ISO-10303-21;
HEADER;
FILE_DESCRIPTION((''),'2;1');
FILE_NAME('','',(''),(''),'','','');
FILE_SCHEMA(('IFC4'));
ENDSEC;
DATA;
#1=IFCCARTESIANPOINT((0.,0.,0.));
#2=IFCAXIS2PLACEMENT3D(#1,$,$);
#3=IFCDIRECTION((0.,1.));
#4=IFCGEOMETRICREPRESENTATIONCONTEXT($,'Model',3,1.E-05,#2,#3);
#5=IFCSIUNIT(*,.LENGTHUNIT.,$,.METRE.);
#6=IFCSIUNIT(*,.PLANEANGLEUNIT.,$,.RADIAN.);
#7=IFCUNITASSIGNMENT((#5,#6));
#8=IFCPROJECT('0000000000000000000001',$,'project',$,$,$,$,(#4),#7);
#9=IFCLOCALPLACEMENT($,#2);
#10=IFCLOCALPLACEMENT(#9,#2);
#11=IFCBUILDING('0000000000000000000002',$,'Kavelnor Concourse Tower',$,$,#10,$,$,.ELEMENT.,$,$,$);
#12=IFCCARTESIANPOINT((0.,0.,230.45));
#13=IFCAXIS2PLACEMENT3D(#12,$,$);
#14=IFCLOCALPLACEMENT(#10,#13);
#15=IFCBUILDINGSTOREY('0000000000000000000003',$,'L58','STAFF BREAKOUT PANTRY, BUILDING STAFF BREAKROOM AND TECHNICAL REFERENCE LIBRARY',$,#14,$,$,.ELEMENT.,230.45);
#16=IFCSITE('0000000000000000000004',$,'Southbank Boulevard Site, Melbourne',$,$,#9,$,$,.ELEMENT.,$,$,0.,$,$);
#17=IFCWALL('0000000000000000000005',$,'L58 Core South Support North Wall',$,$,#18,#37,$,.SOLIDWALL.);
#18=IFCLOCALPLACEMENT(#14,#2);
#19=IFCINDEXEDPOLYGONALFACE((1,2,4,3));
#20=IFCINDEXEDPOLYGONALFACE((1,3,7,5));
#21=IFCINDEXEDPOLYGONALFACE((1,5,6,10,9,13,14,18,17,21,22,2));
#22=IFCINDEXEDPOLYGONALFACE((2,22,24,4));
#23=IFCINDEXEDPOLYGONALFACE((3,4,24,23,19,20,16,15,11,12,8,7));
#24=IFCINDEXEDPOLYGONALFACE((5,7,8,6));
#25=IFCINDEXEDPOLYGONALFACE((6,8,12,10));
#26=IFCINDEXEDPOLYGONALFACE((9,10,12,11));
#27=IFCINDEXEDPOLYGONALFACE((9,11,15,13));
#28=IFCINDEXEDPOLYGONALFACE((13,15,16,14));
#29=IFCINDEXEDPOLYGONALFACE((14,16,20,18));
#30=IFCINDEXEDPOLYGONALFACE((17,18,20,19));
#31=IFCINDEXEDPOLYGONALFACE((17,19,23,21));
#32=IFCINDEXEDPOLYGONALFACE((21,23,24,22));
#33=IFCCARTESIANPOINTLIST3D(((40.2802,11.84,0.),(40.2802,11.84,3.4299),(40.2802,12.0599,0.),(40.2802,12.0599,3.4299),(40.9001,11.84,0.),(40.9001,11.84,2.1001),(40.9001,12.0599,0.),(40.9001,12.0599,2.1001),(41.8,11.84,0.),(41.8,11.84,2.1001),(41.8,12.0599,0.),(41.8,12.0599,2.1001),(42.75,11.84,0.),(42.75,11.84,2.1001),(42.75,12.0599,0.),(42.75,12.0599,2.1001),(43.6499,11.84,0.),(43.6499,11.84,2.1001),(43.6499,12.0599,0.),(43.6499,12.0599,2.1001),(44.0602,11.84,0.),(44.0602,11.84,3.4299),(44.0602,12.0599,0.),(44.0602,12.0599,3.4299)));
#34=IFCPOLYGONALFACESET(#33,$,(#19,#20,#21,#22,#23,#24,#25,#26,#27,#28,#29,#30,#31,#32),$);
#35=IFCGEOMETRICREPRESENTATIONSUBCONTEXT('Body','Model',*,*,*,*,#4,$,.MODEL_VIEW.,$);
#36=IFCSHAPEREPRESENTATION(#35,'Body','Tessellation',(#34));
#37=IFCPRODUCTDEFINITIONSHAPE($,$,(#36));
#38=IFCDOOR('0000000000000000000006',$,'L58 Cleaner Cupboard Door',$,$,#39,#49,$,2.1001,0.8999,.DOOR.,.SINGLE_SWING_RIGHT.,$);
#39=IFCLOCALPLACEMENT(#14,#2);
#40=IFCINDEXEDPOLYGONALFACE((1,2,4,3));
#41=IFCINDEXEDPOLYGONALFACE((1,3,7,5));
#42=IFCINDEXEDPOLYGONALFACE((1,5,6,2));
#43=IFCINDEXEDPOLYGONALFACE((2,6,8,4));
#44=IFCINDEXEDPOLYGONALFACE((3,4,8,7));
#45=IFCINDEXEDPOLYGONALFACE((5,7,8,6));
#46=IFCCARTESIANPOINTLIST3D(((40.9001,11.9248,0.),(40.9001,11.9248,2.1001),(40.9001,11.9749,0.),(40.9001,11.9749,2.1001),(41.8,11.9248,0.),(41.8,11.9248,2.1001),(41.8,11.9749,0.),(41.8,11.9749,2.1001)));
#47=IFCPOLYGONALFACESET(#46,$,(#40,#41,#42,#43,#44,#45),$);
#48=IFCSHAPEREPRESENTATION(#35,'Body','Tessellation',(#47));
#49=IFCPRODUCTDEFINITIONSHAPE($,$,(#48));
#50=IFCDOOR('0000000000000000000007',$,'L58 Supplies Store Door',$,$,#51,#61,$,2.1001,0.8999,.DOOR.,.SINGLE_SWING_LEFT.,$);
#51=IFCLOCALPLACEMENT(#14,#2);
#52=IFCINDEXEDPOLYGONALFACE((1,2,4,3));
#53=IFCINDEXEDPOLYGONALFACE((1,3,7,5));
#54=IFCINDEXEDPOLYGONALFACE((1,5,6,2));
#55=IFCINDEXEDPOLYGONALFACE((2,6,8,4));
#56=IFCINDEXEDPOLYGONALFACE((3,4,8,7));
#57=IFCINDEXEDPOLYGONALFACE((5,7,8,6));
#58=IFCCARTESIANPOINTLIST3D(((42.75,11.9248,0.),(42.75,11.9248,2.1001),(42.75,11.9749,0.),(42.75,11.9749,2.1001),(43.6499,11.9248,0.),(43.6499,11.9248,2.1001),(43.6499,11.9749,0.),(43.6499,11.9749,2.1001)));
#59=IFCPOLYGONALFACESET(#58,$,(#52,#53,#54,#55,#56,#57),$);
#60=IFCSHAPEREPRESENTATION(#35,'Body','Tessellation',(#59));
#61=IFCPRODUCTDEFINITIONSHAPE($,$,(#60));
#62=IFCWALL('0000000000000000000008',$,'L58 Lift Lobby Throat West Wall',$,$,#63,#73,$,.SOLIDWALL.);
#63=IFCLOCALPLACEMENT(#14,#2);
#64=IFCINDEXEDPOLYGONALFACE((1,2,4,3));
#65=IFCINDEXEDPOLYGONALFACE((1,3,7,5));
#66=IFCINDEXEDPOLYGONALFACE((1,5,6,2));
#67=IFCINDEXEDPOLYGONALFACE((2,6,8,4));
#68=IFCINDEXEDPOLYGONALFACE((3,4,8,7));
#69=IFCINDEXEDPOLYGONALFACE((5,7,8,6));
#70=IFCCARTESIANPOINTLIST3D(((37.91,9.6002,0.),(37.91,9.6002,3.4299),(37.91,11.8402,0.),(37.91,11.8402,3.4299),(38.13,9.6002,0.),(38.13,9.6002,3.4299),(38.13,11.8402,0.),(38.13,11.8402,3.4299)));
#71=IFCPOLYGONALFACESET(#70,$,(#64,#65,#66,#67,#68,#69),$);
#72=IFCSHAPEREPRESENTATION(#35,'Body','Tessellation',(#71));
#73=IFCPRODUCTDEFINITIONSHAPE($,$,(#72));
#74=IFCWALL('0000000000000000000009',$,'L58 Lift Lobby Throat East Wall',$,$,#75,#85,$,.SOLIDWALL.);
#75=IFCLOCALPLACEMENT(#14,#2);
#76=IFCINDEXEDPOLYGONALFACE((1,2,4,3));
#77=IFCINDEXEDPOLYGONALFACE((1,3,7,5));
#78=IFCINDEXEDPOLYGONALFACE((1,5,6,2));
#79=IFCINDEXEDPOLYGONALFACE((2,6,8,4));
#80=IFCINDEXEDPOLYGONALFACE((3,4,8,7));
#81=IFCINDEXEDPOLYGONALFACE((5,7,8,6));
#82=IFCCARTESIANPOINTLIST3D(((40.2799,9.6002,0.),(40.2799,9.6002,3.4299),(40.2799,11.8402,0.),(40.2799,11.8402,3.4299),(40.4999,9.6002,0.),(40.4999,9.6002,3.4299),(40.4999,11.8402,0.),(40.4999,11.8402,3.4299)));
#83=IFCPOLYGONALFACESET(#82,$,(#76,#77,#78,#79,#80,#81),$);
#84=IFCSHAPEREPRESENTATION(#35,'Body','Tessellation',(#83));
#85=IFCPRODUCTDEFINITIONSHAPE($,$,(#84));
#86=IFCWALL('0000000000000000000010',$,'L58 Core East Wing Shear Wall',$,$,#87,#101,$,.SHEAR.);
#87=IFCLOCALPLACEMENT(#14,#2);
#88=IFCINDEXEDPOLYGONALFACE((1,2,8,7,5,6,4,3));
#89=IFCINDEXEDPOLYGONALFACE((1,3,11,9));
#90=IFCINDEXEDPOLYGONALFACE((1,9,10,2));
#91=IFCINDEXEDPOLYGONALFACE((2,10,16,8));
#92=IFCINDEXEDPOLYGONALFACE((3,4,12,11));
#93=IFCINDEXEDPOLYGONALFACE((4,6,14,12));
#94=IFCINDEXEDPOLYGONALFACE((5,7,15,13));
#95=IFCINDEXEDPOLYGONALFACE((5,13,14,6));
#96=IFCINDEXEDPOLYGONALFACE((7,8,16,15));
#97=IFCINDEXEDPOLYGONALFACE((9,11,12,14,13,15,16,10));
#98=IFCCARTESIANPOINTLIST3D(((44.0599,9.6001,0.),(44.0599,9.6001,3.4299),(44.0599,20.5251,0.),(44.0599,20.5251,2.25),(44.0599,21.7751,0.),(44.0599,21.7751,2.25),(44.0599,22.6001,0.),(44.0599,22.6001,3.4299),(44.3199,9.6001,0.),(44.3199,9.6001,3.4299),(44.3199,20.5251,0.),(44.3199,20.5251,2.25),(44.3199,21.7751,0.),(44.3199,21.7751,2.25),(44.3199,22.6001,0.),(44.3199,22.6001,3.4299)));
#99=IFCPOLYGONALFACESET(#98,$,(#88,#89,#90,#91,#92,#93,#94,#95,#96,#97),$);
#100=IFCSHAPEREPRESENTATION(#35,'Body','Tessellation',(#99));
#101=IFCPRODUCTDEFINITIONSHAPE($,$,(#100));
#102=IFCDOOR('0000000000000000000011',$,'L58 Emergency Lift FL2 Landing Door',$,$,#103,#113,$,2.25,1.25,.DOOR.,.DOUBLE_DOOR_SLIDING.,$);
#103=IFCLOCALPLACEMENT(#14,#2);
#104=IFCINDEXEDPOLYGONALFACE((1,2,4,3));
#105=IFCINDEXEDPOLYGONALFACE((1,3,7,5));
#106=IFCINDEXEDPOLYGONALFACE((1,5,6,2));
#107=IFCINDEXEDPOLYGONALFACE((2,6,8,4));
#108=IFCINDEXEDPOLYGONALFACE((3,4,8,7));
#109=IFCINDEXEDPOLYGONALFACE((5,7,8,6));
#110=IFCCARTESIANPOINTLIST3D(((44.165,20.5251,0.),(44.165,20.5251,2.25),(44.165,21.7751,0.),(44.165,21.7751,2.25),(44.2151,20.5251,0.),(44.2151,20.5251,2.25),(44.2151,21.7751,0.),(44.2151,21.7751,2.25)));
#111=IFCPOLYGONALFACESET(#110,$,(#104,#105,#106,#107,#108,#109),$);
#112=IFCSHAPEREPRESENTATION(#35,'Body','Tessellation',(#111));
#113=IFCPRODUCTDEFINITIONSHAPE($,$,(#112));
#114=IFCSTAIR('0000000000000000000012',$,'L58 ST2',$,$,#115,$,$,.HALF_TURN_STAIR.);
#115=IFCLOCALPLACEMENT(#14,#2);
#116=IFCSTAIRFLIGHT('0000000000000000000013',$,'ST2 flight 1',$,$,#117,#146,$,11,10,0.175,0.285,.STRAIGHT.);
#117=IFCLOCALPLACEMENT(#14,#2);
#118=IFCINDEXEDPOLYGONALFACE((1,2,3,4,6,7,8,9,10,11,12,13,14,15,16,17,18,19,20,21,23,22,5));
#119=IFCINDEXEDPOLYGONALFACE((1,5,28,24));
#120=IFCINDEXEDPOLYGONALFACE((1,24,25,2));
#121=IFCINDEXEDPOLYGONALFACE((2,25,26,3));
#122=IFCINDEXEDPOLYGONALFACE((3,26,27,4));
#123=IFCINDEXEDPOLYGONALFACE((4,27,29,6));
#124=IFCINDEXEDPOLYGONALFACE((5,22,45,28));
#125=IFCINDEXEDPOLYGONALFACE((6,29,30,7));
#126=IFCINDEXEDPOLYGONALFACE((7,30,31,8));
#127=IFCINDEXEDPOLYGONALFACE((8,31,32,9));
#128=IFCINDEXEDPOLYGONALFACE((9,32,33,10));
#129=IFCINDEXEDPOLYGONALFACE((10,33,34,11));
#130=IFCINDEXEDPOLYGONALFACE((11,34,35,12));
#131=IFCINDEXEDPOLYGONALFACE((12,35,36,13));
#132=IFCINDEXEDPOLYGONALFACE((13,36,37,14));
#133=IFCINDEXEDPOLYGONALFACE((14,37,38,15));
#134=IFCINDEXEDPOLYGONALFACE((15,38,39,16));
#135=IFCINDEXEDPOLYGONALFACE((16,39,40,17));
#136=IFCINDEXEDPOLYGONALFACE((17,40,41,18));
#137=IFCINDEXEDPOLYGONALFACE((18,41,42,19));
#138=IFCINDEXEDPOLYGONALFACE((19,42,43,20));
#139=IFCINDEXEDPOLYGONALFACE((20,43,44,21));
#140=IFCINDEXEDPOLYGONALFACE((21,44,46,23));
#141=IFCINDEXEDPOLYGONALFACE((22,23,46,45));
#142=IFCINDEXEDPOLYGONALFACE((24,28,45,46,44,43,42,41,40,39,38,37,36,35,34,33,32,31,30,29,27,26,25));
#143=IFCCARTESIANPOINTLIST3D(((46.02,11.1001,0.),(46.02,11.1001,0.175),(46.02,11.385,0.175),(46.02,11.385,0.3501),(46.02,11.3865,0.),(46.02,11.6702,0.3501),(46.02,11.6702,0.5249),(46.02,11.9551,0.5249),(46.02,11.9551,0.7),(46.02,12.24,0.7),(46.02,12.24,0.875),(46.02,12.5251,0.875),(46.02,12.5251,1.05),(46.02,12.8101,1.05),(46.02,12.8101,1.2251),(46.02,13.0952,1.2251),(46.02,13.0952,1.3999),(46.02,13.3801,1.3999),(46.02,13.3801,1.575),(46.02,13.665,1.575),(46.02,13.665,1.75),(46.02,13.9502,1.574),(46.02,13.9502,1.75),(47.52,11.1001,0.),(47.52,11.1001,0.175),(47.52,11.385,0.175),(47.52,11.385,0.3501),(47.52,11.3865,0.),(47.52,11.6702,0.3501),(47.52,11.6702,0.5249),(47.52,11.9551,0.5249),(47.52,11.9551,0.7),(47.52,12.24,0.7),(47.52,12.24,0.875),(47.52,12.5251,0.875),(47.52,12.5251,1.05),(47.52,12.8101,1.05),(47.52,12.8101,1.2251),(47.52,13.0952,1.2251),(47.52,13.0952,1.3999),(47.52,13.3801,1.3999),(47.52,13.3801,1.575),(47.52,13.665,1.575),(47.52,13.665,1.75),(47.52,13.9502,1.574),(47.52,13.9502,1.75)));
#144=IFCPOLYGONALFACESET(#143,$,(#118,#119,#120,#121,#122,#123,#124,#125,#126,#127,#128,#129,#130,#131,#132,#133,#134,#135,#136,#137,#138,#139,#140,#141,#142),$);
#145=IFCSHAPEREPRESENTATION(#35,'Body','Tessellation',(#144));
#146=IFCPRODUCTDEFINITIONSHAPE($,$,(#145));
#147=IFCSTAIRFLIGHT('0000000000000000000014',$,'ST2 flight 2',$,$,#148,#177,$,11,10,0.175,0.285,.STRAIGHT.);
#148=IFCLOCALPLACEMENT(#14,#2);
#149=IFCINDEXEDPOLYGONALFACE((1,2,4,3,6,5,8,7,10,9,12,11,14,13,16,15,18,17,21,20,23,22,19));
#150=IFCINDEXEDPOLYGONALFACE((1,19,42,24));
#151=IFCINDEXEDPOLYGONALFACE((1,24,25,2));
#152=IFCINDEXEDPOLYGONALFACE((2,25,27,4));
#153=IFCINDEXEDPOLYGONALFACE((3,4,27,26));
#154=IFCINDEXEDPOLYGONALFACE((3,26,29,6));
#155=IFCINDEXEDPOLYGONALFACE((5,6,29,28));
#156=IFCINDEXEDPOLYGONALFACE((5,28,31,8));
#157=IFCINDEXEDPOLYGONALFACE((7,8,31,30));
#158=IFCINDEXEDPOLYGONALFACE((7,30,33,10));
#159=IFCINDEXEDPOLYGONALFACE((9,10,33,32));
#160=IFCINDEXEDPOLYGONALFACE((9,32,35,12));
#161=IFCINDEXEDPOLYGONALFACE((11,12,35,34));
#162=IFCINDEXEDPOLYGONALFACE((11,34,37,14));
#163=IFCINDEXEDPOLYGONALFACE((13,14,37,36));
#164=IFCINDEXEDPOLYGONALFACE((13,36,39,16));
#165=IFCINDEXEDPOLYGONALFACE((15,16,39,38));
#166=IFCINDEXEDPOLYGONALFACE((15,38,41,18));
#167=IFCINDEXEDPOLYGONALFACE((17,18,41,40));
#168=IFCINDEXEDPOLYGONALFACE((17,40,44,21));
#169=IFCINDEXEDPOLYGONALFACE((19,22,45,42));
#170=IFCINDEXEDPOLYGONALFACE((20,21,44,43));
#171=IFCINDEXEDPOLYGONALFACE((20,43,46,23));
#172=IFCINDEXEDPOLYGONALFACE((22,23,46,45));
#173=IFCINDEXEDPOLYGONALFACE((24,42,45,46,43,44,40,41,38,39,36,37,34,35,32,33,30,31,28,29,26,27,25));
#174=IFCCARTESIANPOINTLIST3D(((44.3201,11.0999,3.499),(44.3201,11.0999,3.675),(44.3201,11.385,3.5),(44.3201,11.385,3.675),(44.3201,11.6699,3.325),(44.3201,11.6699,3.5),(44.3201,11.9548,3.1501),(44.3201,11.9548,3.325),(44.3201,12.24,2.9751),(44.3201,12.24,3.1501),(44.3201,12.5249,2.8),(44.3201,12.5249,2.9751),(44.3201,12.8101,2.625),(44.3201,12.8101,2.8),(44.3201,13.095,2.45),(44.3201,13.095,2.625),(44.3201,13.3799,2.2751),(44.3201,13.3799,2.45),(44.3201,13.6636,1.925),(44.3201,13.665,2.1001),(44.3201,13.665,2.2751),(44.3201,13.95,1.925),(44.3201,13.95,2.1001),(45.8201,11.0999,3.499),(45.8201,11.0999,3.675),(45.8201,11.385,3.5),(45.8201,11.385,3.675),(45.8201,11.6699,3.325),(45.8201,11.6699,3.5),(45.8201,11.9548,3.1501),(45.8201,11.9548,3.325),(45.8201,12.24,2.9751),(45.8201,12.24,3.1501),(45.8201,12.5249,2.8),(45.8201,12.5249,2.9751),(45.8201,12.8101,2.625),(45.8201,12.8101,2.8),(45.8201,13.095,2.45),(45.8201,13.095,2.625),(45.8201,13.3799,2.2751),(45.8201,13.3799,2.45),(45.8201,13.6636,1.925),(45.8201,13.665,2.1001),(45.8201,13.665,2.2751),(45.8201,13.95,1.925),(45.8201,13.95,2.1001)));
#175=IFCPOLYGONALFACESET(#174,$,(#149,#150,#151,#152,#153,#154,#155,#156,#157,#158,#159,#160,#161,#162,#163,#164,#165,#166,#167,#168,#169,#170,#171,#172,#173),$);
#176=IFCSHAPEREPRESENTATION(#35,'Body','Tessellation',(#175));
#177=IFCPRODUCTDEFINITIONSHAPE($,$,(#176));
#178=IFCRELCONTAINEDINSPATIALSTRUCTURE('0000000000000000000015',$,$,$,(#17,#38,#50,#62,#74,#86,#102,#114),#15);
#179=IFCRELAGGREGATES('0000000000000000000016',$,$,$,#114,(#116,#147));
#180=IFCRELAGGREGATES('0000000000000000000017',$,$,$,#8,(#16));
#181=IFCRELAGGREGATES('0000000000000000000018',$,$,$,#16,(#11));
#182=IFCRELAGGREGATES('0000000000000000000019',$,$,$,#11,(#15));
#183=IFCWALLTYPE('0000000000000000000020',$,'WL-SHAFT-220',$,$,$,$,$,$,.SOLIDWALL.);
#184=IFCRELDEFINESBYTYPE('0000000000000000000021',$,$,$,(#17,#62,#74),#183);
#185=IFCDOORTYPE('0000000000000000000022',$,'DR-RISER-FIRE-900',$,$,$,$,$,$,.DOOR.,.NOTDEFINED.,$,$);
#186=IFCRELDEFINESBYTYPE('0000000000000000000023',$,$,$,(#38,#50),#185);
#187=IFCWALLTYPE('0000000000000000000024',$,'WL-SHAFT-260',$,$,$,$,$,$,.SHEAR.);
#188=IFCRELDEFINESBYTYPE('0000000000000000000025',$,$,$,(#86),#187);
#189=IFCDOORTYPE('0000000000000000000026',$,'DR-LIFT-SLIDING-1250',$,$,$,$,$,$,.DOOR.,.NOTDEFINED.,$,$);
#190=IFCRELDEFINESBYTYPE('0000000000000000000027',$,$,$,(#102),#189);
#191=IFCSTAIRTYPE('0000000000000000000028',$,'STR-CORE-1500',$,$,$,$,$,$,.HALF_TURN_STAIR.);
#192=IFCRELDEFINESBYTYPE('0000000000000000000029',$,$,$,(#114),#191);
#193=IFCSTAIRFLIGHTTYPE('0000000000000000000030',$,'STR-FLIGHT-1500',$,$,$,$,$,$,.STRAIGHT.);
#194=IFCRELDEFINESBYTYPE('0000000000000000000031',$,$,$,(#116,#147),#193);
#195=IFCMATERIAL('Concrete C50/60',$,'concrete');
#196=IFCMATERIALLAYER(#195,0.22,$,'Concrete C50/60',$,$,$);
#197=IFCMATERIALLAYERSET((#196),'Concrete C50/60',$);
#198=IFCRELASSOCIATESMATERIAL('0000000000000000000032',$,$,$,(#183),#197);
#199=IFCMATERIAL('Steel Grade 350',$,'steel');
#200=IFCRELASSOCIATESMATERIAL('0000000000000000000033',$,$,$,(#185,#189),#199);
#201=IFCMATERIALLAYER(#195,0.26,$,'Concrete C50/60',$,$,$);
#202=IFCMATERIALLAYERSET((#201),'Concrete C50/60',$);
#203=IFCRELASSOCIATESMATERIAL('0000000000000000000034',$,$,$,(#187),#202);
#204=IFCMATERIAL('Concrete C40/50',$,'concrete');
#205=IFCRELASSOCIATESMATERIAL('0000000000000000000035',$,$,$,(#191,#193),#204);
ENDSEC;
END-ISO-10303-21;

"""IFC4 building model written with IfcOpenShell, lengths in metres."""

from ifc_helpers import new_model, si_unit, direction, frame, frame_2d, origin, place, context, subcontext, project, spatial, polyline, rectangle, outline, extrude, material, layer, layer_set, type_object, element, fill, aggregate, save


model = new_model("IFC4")

# Units and contexts
model_context = context("Model", 3, precision=1e-05, world=origin(), true_north=direction((0.0, 1.0)))
body_context = subcontext(model_context, "Body", "Model", "MODEL_VIEW")
ifc_project = project(units=[si_unit("LENGTHUNIT", "METRE"), si_unit("PLANEANGLEUNIT", "RADIAN")], contexts=[model_context])

# Site, building, storey
site_placement = place(None, origin())
site = spatial("IfcSite", under=ifc_project, at=site_placement, Name="Southbank Boulevard Site, Melbourne", CompositionType="ELEMENT", RefElevation=0.0)
building_placement = place(site_placement, origin())
building = spatial("IfcBuilding", under=site, at=building_placement, Name="Kavelnor Concourse Tower", CompositionType="ELEMENT")
storey_placement = place(building_placement, frame((0.0, 0.0, 230.45)))
storey = spatial("IfcBuildingStorey", under=building, at=storey_placement, Name="L58", Description="STAFF BREAKOUT PANTRY, BUILDING STAFF BREAKROOM AND TECHNICAL REFERENCE LIBRARY", CompositionType="ELEMENT", Elevation=230.45)

# Shared definitions
ifc_material_1 = material(Name="Steel Grade 350", Category="steel")

# Shared definitions
ifc_material_2 = material(Name="Concrete C50/60", Category="concrete")
ifc_layer_1 = layer(ifc_material_2, 0.22, Name="Concrete C50/60")
ifc_layer_set_1 = layer_set([ifc_layer_1], Name="Concrete C50/60")
wall_type_1 = type_object("IfcWallType", Name="WL-SHAFT-220", PredefinedType="SOLIDWALL", material=ifc_layer_set_1)

# Wall, openings, doors
wall_1_placement = place(storey_placement, frame((40.28, 11.95, 0.0), z_axis=(0.0, 0.0, 1.0), x_axis=(1.0, 0.0, 0.0)))
wall_1 = element("IfcWall", 1, at=wall_1_placement, inside=storey, type_object=wall_type_1, Name="L58 Core South Support North Wall", PredefinedType="SOLIDWALL", context=body_context, shape_type="SweptSolid", body=[
    extrude(rectangle(XDim=3.78, YDim=0.22, at=frame_2d((1.8901, 0.0))), origin(), (0.0, 0.0, 1.0), 3.4299),
])
opening_1_placement = place(wall_1_placement, frame((0.6201, 0.0, 0.0)))
opening_1 = element("IfcOpeningElement", 2, at=opening_1_placement, cuts=wall_1, PredefinedType="OPENING", context=body_context, shape_type="SweptSolid", body=[
    extrude(rectangle(XDim=0.8999, YDim=2.1001, at=frame_2d((0.45, 1.05))), frame((0.0, 0.1201, 0.0), z_axis=(0.0, -1.0, 0.0), x_axis=(1.0, 0.0, 0.0)), (0.0, 0.0, 1.0), 0.24),
])
opening_2_placement = place(wall_1_placement, frame((2.47, 0.0, 0.0)))
opening_2 = element("IfcOpeningElement", 3, at=opening_2_placement, cuts=wall_1, PredefinedType="OPENING", context=body_context, shape_type="SweptSolid", body=[
    extrude(rectangle(XDim=0.8999, YDim=2.1001, at=frame_2d((0.45, 1.05))), frame((0.0, 0.1201, 0.0), z_axis=(0.0, -1.0, 0.0), x_axis=(1.0, 0.0, 0.0)), (0.0, 0.0, 1.0), 0.24),
])
door_type_1 = type_object("IfcDoorType", Name="DR-RISER-FIRE-900", OperationType="NOTDEFINED", PredefinedType="DOOR", material=ifc_material_1)
door_1_placement = place(opening_1_placement, origin())
door_1 = element("IfcDoor", 4, at=door_1_placement, inside=storey, type_object=door_type_1, Name="L58 Cleaner Cupboard Door", OperationType="SINGLE_SWING_RIGHT", OverallHeight=2.1001, OverallWidth=0.8999, PredefinedType="DOOR", context=body_context, shape_type="SweptSolid", body=[
    extrude(rectangle(XDim=0.8999, YDim=2.1001, at=frame_2d((0.45, 1.05))), frame((0.0, 0.0249, 0.0), z_axis=(0.0, -1.0, 0.0), x_axis=(1.0, 0.0, 0.0)), (0.0, 0.0, 1.0), 0.05),
])
fill(opening_1, door_1)
door_2_placement = place(opening_2_placement, origin())
door_2 = element("IfcDoor", 5, at=door_2_placement, inside=storey, type_object=door_type_1, Name="L58 Supplies Store Door", OperationType="SINGLE_SWING_LEFT", OverallHeight=2.1001, OverallWidth=0.8999, PredefinedType="DOOR", context=body_context, shape_type="SweptSolid", body=[
    extrude(rectangle(XDim=0.8999, YDim=2.1001, at=frame_2d((0.45, 1.05))), frame((0.0, 0.0249, 0.0), z_axis=(0.0, -1.0, 0.0), x_axis=(1.0, 0.0, 0.0)), (0.0, 0.0, 1.0), 0.05),
])
fill(opening_2, door_2)

# Walls
for number, where, z_axis, x_axis, name in (
    (6, (38.02, 9.6001, 0.0), (0.0, 0.0, 1.0), (0.0, 1.0, 0.0), "L58 Lift Lobby Throat West Wall"),
    (7, (40.3899, 9.6001, 0.0), (0.0, 0.0, 1.0), (0.0, 1.0, 0.0), "L58 Lift Lobby Throat East Wall"),
):
    element("IfcWall", number, at=place(storey_placement, frame(where, z_axis=z_axis, x_axis=x_axis)), inside=storey, type_object=wall_type_1, Name=name, PredefinedType="SOLIDWALL", context=body_context, shape_type="SweptSolid", body=[
        extrude(rectangle(XDim=2.24, YDim=0.22, at=frame_2d((1.1201, 0.0))), origin(), (0.0, 0.0, 1.0), 3.4299),
    ])

# Wall, opening, door
ifc_layer_2 = layer(ifc_material_2, 0.26, Name="Concrete C50/60")
ifc_layer_set_2 = layer_set([ifc_layer_2], Name="Concrete C50/60")
wall_type_2 = type_object("IfcWallType", Name="WL-SHAFT-260", PredefinedType="SHEAR", material=ifc_layer_set_2)
wall_2_placement = place(storey_placement, frame((44.1899, 9.6001, 0.0), z_axis=(0.0, 0.0, 1.0), x_axis=(0.0, 1.0, 0.0)))
wall_2 = element("IfcWall", 8, at=wall_2_placement, inside=storey, type_object=wall_type_2, Name="L58 Core East Wing Shear Wall", PredefinedType="SHEAR", context=body_context, shape_type="SweptSolid", body=[
    extrude(rectangle(XDim=13.0, YDim=0.26, at=frame_2d((6.5, 0.0))), origin(), (0.0, 0.0, 1.0), 3.4299),
])
opening_3_placement = place(wall_2_placement, frame((10.925, 0.0, 0.0)))
opening_3 = element("IfcOpeningElement", 9, at=opening_3_placement, cuts=wall_2, PredefinedType="OPENING", context=body_context, shape_type="SweptSolid", body=[
    extrude(rectangle(XDim=1.25, YDim=2.25, at=frame_2d((0.625, 1.125))), frame((0.0, 0.1401, 0.0), z_axis=(0.0, -1.0, 0.0), x_axis=(1.0, 0.0, 0.0)), (0.0, 0.0, 1.0), 0.28),
])
door_type_2 = type_object("IfcDoorType", Name="DR-LIFT-SLIDING-1250", OperationType="NOTDEFINED", PredefinedType="DOOR", material=ifc_material_1)
door_3_placement = place(opening_3_placement, origin())
door_3 = element("IfcDoor", 10, at=door_3_placement, inside=storey, type_object=door_type_2, Name="L58 Emergency Lift FL2 Landing Door", OperationType="DOUBLE_DOOR_SLIDING", OverallHeight=2.25, OverallWidth=1.25, PredefinedType="DOOR", context=body_context, shape_type="SweptSolid", body=[
    extrude(rectangle(XDim=1.25, YDim=2.25, at=frame_2d((0.625, 1.125))), frame((0.0, 0.0249, 0.0), z_axis=(0.0, -1.0, 0.0), x_axis=(1.0, 0.0, 0.0)), (0.0, 0.0, 1.0), 0.05),
])
fill(opening_3, door_3)

# Stair, stair flights
ifc_material_3 = material(Name="Concrete C40/50", Category="concrete")
stair_type = type_object("IfcStairType", Name="STR-CORE-1500", PredefinedType="HALF_TURN_STAIR", material=ifc_material_3)
stair_placement = place(storey_placement, origin())
stair = element("IfcStair", 11, at=stair_placement, inside=storey, type_object=stair_type, Name="L58 ST2", PredefinedType="HALF_TURN_STAIR")
stair_flight_type = type_object("IfcStairFlightType", Name="STR-FLIGHT-1500", PredefinedType="STRAIGHT", material=ifc_material_3)
stair_flight_1_placement = place(storey_placement, frame((46.77, 11.1001, 0.0), z_axis=(0.0, 0.0, 1.0), x_axis=(0.0, 1.0, 0.0)))
stair_flight_1 = element("IfcStairFlight", 12, at=stair_flight_1_placement, type_object=stair_flight_type, Name="ST2 flight 1", NumberOfRisers=11, NumberOfTreads=10, PredefinedType="STRAIGHT", RiserHeight=0.175, TreadLength=0.285, context=body_context, shape_type="SweptSolid", body=[
    extrude(outline(polyline([(0.0, 0.0), (0.0, 0.175), (0.2849, 0.175), (0.2849, 0.3501), (0.5701, 0.3501), (0.5701, 0.5249), (0.855, 0.5249), (0.855, 0.7), (1.1399, 0.7), (1.1399, 0.875), (1.425, 0.875), (1.425, 1.05), (1.71, 1.05), (1.71, 1.2251), (1.9951, 1.2251), (1.9951, 1.3999), (2.28, 1.3999), (2.28, 1.575), (2.5649, 1.575), (2.5649, 1.75), (2.8501, 1.75), (2.8501, 1.925), (2.8501, 1.574), (0.2864, 0.0), (0.0, 0.0)])), frame((0.0, 0.75, 0.0), z_axis=(0.0, -1.0, 0.0), x_axis=(1.0, 0.0, 0.0)), (0.0, 0.0, 1.0), 1.5),
])
stair_flight_2_placement = place(storey_placement, frame((45.0701, 13.95, 1.925), z_axis=(0.0, 0.0, 1.0), x_axis=(0.0, -1.0, 0.0)))
stair_flight_2 = element("IfcStairFlight", 13, at=stair_flight_2_placement, type_object=stair_flight_type, Name="ST2 flight 2", NumberOfRisers=11, NumberOfTreads=10, PredefinedType="STRAIGHT", RiserHeight=0.175, TreadLength=0.285, context=body_context, shape_type="SweptSolid", body=[
    extrude(outline(polyline([(0.0, 0.0), (0.0, 0.175), (0.2849, 0.175), (0.2849, 0.3501), (0.5701, 0.3501), (0.5701, 0.5249), (0.855, 0.5249), (0.855, 0.7), (1.1399, 0.7), (1.1399, 0.875), (1.425, 0.875), (1.425, 1.05), (1.71, 1.05), (1.71, 1.2251), (1.9951, 1.2251), (1.9951, 1.3999), (2.28, 1.3999), (2.28, 1.575), (2.5649, 1.575), (2.5649, 1.75), (2.8501, 1.75), (2.8501, 1.925), (2.8501, 1.574), (0.2864, 0.0), (0.0, 0.0)])), frame((0.0, 0.75, 0.0), z_axis=(0.0, -1.0, 0.0), x_axis=(1.0, 0.0, 0.0)), (0.0, 0.0, 1.0), 1.5),
])
aggregate(stair, [stair_flight_1, stair_flight_2])

save(model, "model.ifc")
